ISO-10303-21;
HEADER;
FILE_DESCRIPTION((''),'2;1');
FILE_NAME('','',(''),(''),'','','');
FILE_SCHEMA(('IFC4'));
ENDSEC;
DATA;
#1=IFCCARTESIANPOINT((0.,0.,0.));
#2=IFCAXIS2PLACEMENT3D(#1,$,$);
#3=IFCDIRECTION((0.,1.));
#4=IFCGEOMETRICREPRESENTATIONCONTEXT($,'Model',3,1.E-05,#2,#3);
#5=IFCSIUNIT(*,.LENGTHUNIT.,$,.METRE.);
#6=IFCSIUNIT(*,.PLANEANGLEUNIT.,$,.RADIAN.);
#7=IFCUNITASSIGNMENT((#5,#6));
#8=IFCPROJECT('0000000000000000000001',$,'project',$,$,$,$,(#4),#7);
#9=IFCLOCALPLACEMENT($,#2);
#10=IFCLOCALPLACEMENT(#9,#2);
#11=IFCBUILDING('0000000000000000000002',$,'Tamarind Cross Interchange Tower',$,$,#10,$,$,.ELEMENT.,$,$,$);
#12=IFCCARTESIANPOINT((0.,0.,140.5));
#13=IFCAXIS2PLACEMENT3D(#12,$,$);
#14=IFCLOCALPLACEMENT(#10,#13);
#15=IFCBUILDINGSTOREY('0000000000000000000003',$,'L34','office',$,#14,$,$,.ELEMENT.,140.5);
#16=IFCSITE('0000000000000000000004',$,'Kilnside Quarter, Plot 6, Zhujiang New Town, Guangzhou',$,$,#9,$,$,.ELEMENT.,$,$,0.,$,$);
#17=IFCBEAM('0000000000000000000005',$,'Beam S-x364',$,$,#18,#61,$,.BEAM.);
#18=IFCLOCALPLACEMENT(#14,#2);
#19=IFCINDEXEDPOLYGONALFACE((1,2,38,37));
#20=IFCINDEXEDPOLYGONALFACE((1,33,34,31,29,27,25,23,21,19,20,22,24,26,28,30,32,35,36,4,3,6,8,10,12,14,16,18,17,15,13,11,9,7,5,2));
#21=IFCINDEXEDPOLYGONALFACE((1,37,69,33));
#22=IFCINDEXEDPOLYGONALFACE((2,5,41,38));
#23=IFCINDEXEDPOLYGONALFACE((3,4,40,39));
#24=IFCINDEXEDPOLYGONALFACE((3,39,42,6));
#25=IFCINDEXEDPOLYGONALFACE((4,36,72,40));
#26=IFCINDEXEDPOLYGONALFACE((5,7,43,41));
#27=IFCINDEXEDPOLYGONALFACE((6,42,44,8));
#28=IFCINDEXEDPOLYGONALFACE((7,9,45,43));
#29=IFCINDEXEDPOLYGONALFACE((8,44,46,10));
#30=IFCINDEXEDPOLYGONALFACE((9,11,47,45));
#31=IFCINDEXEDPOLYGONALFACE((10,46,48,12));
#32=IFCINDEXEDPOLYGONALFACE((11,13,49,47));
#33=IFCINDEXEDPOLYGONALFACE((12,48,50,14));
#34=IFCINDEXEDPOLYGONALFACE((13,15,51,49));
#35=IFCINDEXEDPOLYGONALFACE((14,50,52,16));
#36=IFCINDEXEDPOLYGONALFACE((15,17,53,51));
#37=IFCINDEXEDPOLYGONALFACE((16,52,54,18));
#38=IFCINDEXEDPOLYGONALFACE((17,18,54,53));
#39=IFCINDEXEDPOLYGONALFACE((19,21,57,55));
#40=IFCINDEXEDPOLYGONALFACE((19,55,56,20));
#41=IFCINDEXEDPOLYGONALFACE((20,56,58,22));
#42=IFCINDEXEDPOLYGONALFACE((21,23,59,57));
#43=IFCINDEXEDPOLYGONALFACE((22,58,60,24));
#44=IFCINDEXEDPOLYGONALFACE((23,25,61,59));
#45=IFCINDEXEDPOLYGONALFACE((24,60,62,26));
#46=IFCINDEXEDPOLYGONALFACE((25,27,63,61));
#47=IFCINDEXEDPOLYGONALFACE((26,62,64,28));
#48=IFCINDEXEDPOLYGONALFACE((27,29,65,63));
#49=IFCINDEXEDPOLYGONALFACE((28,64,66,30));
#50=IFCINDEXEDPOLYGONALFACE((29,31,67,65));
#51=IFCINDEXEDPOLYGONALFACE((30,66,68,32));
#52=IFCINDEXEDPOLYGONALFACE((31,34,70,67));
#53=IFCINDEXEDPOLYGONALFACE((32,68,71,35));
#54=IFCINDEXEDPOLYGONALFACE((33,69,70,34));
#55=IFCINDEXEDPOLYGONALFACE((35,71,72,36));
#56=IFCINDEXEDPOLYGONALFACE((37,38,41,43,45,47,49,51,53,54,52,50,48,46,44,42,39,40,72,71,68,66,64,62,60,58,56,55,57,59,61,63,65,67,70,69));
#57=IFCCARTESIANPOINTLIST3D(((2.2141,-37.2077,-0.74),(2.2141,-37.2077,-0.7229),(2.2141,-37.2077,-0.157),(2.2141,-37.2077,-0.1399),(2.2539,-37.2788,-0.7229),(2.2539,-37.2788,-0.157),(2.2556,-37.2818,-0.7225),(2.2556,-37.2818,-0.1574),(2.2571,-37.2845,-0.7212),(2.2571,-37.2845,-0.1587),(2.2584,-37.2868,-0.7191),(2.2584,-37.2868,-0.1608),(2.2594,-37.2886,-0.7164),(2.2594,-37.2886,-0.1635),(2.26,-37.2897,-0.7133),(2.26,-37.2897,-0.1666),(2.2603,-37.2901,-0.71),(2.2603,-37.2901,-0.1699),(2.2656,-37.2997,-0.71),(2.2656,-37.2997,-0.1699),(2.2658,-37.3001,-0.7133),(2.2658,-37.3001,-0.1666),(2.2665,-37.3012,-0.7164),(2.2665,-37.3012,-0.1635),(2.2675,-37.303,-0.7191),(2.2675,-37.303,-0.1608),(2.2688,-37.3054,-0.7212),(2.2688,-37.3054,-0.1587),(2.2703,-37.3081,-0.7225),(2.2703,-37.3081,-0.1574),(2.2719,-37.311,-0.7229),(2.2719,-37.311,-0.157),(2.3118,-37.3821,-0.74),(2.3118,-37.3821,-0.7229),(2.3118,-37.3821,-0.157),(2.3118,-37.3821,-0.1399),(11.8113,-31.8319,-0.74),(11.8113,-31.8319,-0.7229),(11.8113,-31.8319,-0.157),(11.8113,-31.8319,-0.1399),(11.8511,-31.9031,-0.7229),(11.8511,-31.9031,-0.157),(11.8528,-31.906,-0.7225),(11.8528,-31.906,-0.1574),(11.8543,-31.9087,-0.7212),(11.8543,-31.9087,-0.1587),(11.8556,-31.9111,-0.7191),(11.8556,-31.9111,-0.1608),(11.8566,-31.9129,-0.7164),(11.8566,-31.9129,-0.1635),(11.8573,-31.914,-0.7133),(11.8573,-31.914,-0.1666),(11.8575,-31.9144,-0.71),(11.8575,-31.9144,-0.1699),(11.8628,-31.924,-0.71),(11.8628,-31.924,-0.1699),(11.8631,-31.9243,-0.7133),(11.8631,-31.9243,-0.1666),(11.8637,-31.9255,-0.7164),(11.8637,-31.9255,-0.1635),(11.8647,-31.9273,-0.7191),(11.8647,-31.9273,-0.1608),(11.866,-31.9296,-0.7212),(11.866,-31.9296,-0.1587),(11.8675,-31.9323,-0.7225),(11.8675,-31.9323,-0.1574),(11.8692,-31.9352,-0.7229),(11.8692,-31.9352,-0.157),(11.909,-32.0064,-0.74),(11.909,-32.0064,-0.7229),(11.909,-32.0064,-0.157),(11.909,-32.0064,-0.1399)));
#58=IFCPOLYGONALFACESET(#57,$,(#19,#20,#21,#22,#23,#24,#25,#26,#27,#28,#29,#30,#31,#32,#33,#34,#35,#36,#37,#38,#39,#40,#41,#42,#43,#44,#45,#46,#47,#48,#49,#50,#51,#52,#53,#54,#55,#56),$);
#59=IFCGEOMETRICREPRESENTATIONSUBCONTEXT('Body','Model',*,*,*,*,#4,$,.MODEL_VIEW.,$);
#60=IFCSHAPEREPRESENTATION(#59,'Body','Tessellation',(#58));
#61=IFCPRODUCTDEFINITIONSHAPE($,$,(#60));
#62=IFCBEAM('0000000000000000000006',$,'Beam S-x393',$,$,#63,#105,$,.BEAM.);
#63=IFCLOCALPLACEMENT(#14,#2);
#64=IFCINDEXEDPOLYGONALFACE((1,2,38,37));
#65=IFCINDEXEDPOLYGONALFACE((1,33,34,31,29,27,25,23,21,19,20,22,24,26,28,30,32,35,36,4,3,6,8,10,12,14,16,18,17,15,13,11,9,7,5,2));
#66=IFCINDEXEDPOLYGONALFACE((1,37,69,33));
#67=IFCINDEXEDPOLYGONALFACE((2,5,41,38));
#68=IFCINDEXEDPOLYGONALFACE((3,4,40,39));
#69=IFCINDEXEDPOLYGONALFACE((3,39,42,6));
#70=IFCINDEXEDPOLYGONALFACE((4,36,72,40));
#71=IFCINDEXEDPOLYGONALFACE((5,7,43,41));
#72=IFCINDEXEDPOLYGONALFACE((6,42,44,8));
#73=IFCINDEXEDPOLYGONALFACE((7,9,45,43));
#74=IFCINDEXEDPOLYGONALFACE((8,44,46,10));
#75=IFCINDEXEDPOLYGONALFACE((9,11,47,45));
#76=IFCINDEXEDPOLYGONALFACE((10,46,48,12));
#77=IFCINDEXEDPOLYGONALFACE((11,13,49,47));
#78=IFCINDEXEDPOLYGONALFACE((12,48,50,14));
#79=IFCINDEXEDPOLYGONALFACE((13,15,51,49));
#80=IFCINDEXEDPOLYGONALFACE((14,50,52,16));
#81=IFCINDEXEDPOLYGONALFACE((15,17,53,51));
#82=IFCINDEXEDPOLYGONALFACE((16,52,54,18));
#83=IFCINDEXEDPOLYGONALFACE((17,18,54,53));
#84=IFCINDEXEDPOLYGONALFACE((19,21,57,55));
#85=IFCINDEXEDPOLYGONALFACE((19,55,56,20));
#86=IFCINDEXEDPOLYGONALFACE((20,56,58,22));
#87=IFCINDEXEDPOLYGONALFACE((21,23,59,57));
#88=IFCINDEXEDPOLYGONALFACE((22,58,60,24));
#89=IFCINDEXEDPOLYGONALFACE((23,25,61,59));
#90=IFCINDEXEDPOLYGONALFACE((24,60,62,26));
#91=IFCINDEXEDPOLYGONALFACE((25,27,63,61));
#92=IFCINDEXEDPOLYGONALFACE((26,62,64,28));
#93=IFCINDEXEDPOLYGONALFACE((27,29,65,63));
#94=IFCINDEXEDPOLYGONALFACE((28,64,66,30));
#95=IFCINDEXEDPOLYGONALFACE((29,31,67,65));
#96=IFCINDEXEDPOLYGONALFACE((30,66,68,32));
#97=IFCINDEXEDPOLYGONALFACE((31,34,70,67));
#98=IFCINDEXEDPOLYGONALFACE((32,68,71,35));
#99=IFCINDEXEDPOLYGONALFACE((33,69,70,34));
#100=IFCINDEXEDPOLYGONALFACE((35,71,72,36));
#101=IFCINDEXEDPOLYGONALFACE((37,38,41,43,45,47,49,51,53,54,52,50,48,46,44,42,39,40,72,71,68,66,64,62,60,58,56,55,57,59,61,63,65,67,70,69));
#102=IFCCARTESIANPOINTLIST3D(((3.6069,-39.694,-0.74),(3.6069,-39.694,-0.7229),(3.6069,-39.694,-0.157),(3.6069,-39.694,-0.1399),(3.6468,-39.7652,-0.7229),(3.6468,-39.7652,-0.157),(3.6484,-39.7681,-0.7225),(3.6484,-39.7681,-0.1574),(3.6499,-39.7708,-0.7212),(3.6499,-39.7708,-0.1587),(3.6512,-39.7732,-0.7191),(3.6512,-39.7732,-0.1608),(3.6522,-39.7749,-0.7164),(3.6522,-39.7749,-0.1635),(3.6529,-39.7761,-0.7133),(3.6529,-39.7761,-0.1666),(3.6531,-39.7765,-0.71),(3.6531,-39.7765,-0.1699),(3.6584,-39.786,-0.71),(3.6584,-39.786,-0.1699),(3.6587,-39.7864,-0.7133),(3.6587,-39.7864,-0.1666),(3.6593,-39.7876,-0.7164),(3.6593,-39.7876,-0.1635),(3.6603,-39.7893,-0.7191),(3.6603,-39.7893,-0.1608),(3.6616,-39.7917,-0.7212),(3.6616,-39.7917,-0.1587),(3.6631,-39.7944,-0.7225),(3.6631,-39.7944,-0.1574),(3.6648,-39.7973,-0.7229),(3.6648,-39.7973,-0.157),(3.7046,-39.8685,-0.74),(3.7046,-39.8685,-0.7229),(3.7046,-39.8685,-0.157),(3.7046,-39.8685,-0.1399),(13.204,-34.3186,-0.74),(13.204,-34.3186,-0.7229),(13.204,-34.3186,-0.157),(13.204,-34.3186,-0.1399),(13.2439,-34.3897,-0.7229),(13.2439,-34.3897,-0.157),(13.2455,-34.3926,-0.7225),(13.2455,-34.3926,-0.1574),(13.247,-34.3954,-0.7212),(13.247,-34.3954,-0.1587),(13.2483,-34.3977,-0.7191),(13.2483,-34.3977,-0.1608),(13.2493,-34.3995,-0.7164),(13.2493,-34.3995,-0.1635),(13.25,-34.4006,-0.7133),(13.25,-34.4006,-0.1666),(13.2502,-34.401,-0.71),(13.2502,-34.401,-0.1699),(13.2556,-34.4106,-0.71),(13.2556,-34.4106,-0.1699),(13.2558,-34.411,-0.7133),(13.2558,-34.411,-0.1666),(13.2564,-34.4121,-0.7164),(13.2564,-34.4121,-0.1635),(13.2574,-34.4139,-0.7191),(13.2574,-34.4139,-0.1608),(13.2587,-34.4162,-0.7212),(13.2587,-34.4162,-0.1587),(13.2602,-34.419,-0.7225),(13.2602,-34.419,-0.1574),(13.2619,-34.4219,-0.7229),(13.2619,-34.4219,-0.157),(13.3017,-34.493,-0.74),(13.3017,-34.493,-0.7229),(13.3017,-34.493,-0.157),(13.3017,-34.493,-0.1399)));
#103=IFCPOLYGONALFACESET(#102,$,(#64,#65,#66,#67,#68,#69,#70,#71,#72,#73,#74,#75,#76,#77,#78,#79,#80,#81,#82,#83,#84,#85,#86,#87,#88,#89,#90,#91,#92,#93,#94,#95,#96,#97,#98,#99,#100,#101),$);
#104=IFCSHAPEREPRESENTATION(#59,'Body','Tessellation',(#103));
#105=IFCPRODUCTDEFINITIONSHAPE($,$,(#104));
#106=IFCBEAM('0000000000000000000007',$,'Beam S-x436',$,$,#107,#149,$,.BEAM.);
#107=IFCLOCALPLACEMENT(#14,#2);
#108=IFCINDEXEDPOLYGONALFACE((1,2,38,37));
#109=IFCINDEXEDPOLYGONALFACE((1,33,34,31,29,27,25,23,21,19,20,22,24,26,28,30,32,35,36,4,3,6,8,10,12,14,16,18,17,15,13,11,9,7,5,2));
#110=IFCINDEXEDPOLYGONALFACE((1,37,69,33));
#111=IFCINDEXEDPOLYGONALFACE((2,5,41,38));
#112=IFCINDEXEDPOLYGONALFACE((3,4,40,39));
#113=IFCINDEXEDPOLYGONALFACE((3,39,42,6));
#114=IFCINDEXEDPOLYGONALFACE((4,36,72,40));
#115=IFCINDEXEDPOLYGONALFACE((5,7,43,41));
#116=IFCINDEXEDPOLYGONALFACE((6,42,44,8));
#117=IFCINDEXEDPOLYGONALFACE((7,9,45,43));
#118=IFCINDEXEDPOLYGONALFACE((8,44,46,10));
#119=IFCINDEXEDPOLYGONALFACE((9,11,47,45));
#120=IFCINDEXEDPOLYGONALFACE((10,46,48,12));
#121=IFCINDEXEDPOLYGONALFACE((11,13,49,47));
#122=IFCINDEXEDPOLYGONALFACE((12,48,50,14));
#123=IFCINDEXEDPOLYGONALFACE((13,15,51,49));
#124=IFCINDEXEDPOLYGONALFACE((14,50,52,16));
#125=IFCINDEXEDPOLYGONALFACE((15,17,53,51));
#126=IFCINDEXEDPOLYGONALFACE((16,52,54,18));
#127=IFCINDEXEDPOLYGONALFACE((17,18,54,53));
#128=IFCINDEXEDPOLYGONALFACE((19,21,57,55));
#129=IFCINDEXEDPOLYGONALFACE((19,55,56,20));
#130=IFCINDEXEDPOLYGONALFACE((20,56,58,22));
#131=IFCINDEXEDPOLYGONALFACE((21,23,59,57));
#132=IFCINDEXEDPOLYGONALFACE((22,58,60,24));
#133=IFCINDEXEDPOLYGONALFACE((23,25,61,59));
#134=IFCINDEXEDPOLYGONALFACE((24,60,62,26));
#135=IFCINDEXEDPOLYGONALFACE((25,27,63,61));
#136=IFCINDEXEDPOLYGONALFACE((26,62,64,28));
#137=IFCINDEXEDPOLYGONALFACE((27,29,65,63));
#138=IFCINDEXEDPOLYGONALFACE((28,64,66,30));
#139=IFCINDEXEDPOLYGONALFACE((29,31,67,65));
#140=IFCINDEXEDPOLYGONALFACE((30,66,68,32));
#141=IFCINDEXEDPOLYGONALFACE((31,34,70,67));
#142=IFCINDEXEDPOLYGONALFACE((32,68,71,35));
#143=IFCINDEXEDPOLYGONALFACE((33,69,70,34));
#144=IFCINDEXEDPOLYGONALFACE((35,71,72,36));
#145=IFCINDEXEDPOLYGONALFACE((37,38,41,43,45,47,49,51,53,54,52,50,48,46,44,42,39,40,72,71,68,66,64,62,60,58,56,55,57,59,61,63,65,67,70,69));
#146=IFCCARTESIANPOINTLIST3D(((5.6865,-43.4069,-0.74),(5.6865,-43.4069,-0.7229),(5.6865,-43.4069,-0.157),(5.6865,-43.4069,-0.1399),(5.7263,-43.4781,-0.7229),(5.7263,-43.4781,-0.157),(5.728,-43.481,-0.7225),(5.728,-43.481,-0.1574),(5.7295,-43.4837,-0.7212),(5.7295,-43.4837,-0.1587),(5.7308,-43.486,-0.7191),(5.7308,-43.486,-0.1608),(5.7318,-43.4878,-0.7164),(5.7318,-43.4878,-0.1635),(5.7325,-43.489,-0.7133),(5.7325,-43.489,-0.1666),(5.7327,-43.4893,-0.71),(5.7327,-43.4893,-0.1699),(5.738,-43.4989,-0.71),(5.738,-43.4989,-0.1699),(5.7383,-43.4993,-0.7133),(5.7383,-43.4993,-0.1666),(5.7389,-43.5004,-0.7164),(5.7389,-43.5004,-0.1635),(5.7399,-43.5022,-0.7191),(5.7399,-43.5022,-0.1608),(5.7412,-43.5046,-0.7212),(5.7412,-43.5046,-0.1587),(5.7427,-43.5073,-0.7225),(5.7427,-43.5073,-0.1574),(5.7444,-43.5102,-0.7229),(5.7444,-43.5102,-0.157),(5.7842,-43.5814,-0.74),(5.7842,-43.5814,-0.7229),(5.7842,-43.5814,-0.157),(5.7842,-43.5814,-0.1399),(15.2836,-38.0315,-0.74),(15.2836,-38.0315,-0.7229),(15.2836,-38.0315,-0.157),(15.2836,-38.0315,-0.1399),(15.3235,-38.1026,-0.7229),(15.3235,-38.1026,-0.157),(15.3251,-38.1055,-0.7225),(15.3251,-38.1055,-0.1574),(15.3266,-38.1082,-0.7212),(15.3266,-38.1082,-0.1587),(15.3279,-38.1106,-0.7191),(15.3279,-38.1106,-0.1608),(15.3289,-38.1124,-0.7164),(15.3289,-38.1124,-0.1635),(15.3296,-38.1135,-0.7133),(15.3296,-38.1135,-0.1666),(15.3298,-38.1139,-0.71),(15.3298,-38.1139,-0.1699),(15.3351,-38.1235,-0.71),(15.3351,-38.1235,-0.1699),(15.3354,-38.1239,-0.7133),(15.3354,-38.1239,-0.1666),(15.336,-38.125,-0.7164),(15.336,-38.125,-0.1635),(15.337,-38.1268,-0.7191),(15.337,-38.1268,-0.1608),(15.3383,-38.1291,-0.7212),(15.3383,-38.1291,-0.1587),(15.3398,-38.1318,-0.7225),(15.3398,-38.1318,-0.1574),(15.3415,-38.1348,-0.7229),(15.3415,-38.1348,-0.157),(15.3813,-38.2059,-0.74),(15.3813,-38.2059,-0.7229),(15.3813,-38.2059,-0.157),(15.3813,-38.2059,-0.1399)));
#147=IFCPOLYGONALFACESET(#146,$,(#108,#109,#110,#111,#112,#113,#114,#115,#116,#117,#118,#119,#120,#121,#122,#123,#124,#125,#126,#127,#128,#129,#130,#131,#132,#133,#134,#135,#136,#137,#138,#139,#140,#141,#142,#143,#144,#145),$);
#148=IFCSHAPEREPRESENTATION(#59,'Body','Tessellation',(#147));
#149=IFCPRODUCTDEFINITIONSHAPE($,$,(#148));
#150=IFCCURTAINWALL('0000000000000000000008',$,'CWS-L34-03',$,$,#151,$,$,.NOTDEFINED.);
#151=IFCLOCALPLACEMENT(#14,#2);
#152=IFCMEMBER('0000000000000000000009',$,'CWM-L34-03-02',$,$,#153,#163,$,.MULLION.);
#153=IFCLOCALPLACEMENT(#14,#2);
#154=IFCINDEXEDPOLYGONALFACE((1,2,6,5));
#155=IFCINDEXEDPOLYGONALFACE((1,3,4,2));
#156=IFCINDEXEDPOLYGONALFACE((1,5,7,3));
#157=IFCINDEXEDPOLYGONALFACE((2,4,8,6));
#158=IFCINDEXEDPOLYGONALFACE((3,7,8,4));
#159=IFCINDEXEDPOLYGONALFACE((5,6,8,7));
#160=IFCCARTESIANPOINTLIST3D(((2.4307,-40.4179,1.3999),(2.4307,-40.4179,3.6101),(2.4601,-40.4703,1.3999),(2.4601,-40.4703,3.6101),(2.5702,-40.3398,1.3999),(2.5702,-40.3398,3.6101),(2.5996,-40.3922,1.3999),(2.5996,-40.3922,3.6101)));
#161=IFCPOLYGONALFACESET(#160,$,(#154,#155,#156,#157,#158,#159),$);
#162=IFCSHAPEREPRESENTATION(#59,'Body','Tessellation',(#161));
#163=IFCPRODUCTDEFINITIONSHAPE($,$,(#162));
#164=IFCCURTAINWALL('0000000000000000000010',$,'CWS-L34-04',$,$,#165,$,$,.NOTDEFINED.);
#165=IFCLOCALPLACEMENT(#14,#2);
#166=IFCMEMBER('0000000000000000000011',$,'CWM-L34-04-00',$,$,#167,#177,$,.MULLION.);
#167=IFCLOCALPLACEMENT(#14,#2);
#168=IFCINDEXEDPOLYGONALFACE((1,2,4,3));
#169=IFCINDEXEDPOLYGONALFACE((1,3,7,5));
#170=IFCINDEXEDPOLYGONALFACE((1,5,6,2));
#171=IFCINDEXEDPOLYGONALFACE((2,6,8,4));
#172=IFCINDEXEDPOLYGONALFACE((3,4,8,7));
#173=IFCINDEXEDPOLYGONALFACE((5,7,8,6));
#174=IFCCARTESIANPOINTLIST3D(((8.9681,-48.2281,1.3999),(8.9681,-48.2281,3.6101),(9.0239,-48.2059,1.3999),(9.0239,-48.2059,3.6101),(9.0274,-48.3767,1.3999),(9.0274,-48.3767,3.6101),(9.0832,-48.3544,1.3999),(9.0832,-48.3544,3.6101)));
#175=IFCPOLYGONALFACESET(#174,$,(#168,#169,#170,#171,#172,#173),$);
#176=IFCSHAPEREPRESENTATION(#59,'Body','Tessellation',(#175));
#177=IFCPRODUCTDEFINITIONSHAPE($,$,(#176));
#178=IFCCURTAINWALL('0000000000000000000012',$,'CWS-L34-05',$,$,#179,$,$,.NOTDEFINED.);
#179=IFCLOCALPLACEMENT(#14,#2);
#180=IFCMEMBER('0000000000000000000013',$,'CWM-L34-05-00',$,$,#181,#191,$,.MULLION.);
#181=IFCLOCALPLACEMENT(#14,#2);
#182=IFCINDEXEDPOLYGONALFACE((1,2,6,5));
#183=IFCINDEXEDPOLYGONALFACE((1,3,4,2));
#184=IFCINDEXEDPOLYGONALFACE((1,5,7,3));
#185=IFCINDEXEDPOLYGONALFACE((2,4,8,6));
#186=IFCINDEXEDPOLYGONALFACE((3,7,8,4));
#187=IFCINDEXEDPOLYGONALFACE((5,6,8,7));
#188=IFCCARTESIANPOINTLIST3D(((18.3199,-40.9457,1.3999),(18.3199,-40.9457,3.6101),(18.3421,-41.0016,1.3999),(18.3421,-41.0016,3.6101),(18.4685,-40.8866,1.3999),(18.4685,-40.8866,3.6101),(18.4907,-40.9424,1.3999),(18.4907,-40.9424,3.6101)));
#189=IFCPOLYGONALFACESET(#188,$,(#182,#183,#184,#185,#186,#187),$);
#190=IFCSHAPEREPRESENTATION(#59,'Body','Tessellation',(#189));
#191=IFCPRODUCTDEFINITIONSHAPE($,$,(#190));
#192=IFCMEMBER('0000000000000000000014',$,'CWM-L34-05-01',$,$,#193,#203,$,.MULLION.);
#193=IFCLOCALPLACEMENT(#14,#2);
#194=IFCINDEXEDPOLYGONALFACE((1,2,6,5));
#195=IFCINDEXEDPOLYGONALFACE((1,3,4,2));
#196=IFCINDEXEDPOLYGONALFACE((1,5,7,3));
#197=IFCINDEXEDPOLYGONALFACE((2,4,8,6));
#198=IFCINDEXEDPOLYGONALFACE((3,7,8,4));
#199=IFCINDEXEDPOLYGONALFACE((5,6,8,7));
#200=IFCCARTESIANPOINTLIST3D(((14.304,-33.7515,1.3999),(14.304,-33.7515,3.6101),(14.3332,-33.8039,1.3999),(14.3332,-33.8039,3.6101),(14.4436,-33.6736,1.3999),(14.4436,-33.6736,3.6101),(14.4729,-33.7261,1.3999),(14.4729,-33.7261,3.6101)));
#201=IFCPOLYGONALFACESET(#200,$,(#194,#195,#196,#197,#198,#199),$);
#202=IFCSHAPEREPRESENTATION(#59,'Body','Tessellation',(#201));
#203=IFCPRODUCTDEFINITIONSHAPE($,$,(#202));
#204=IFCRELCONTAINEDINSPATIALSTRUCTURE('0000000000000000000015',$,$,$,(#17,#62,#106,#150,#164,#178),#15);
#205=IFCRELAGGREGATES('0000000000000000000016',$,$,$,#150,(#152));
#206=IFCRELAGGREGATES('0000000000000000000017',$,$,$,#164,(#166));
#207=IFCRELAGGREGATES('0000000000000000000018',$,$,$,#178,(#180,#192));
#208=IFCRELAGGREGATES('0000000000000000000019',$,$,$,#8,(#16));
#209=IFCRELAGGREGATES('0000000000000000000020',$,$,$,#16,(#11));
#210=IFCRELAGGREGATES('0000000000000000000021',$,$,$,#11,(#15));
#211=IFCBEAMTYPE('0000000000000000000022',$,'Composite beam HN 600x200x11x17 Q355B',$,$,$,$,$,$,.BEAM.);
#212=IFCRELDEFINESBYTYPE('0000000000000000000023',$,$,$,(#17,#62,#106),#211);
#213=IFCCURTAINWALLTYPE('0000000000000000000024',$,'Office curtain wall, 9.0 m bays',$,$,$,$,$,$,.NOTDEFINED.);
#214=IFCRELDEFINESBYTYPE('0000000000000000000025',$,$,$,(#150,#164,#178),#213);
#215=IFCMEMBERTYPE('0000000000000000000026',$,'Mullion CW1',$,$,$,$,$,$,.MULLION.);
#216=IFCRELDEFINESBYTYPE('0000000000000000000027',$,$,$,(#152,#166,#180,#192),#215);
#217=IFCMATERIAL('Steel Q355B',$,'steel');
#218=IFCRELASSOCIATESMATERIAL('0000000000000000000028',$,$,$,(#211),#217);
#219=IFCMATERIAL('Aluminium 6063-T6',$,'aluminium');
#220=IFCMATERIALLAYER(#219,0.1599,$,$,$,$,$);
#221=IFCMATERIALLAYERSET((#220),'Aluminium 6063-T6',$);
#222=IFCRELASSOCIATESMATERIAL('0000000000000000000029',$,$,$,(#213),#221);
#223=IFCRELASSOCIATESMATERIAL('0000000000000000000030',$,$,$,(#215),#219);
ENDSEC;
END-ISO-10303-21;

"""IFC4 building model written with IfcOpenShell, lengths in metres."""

from ifc_helpers import new_model, si_unit, direction, frame, origin, origin_2d, place, context, subcontext, project, spatial, rectangle, i_section, extrude, material, layer, layer_set, material_profile, profile_set, type_object, element, aggregate, save


model = new_model("IFC4")

# Units and contexts
model_context = context("Model", 3, precision=1e-05, world=origin(), true_north=direction((0.0, 1.0)))
body_context = subcontext(model_context, "Body", "Model", "MODEL_VIEW")
ifc_project = project(units=[si_unit("LENGTHUNIT", "METRE"), si_unit("PLANEANGLEUNIT", "RADIAN")], contexts=[model_context])

# Site, building, storey
site_placement = place(None, origin())
site = spatial("IfcSite", under=ifc_project, at=site_placement, Name="Kilnside Quarter, Plot 6, Zhujiang New Town, Guangzhou", CompositionType="ELEMENT", RefElevation=0.0)
building_placement = place(site_placement, origin())
building = spatial("IfcBuilding", under=site, at=building_placement, Name="Tamarind Cross Interchange Tower", CompositionType="ELEMENT")
storey_placement = place(building_placement, frame((0.0, 0.0, 140.5)))
storey = spatial("IfcBuildingStorey", under=building, at=storey_placement, Name="L34", Description="office", CompositionType="ELEMENT", Elevation=140.5)

# Beams
ifc_material_1 = material(Name="Steel Q355B", Category="steel")
ifc_material_profile_1 = material_profile(ifc_material_1, i_section(OverallWidth=0.2, OverallDepth=0.6001, WebThickness=0.011, FlangeThickness=0.0171, FilletRadius=0.0129, at=origin_2d()), Name="HN 600x200x11x17")
ifc_profile_set_1 = profile_set([ifc_material_profile_1], Name="Steel Q355B")
beam_type_1 = type_object("IfcBeamType", Name="Composite beam HN 600x200x11x17 Q355B", PredefinedType="BEAM", material=ifc_profile_set_1)
beam_1_placement = place(storey_placement, frame((2.2629, -37.2949, -0.4399), z_axis=(0.872455, 0.488695, 0.0), x_axis=(-0.488695, 0.872455, 0.0)))
element("IfcBeam", 1, at=beam_1_placement, inside=storey, type_object=beam_type_1, Name="Beam S-x364", PredefinedType="BEAM", context=body_context, shape_type="SweptSolid", body=[
    extrude(i_section(OverallWidth=0.2, OverallDepth=0.6001, WebThickness=0.011, FlangeThickness=0.0171, FilletRadius=0.0129, at=origin_2d()), origin(), (0.0, 0.0, 1.0), 11.0002),
])
for number, where, z_axis, x_axis, name in (
    (2, (3.6558, -39.7812, -0.4399), (0.872464, 0.488678, 0.0), (-0.488678, 0.872464, 0.0), "Beam S-x393"),
    (3, (5.7354, -43.4941, -0.4399), (0.872464, 0.488678, 0.0), (-0.488678, 0.872464, 0.0), "Beam S-x436"),
):
    element("IfcBeam", number, at=place(storey_placement, frame(where, z_axis=z_axis, x_axis=x_axis)), inside=storey, type_object=beam_type_1, Name=name, PredefinedType="BEAM", context=body_context, shape_type="SweptSolid", body=[
        extrude(i_section(OverallWidth=0.2, OverallDepth=0.6001, WebThickness=0.011, FlangeThickness=0.0171, FilletRadius=0.0129, at=origin_2d()), origin(), (0.0, 0.0, 1.0), 11.0),
    ])

# Curtain walls, members
ifc_material_2 = material(Name="Aluminium 6063-T6", Category="aluminium")
ifc_layer_1 = layer(ifc_material_2, 0.1599)
ifc_layer_set_1 = layer_set([ifc_layer_1], Name="Aluminium 6063-T6")
curtain_wall_type = type_object("IfcCurtainWallType", Name="Office curtain wall, 9.0 m bays", PredefinedType="NOTDEFINED", material=ifc_layer_set_1)
curtain_wall_1_placement = place(storey_placement, origin())
curtain_wall_1 = element("IfcCurtainWall", 4, at=curtain_wall_1_placement, inside=storey, type_object=curtain_wall_type, Name="CWS-L34-03", PredefinedType="NOTDEFINED")
ifc_material_profile_2 = material_profile(ifc_material_2, rectangle(XDim=0.0601, YDim=0.1599, at=origin_2d()), Name="Mullion CW1")
ifc_profile_set_2 = profile_set([ifc_material_profile_2], Name="Aluminium 6063-T6")
member_type = type_object("IfcMemberType", Name="Mullion CW1", PredefinedType="MULLION", material=ifc_profile_set_2)
member_1_placement = place(storey_placement, frame((2.5151, -40.405, 1.3999), z_axis=(0.0, 0.0, 1.0), x_axis=(0.488688, -0.872458, 0.0)))
member_1 = element("IfcMember", 5, at=member_1_placement, type_object=member_type, Name="CWM-L34-03-02", PredefinedType="MULLION", context=body_context, shape_type="SweptSolid", body=[
    extrude(rectangle(XDim=0.0601, YDim=0.1599, at=origin_2d()), origin(), (0.0, 0.0, 1.0), 2.2102),
])
aggregate(curtain_wall_1, [member_1])
curtain_wall_2_placement = place(storey_placement, origin())
curtain_wall_2 = element("IfcCurtainWall", 6, at=curtain_wall_2_placement, inside=storey, type_object=curtain_wall_type, Name="CWS-L34-04", PredefinedType="NOTDEFINED")
member_2_placement = place(storey_placement, frame((9.0256, -48.2913, 1.3999), z_axis=(0.0, 0.0, 1.0), x_axis=(0.928781, 0.370629, 0.0)))
member_2 = element("IfcMember", 7, at=member_2_placement, type_object=member_type, Name="CWM-L34-04-00", PredefinedType="MULLION", context=body_context, shape_type="SweptSolid", body=[
    extrude(rectangle(XDim=0.0601, YDim=0.1599, at=origin_2d()), origin(), (0.0, 0.0, 1.0), 2.2102),
])
aggregate(curtain_wall_2, [member_2])

# Curtain wall, members
curtain_wall_3_placement = place(storey_placement, origin())
curtain_wall_3 = element("IfcCurtainWall", 8, at=curtain_wall_3_placement, inside=storey, type_object=curtain_wall_type, Name="CWS-L34-05", PredefinedType="NOTDEFINED")
member_3_placement = place(storey_placement, frame((18.4053, -40.9441, 1.3999), z_axis=(0.0, 0.0, 1.0), x_axis=(-0.369685, 0.929157, 0.0)))
member_3 = element("IfcMember", 9, at=member_3_placement, type_object=member_type, Name="CWM-L34-05-00", PredefinedType="MULLION", context=body_context, shape_type="SweptSolid", body=[
    extrude(rectangle(XDim=0.0601, YDim=0.1599, at=origin_2d()), origin(), (0.0, 0.0, 1.0), 2.2102),
])
member_4_placement = place(storey_placement, frame((14.3884, -33.7388, 1.3999), z_axis=(0.0, 0.0, 1.0), x_axis=(-0.486915, 0.87345, 0.0)))
member_4 = element("IfcMember", 10, at=member_4_placement, type_object=member_type, Name="CWM-L34-05-01", PredefinedType="MULLION", context=body_context, shape_type="SweptSolid", body=[
    extrude(rectangle(XDim=0.0601, YDim=0.1599, at=origin_2d()), origin(), (0.0, 0.0, 1.0), 2.2102),
])
aggregate(curtain_wall_3, [member_3, member_4])

save(model, "model.ifc")
